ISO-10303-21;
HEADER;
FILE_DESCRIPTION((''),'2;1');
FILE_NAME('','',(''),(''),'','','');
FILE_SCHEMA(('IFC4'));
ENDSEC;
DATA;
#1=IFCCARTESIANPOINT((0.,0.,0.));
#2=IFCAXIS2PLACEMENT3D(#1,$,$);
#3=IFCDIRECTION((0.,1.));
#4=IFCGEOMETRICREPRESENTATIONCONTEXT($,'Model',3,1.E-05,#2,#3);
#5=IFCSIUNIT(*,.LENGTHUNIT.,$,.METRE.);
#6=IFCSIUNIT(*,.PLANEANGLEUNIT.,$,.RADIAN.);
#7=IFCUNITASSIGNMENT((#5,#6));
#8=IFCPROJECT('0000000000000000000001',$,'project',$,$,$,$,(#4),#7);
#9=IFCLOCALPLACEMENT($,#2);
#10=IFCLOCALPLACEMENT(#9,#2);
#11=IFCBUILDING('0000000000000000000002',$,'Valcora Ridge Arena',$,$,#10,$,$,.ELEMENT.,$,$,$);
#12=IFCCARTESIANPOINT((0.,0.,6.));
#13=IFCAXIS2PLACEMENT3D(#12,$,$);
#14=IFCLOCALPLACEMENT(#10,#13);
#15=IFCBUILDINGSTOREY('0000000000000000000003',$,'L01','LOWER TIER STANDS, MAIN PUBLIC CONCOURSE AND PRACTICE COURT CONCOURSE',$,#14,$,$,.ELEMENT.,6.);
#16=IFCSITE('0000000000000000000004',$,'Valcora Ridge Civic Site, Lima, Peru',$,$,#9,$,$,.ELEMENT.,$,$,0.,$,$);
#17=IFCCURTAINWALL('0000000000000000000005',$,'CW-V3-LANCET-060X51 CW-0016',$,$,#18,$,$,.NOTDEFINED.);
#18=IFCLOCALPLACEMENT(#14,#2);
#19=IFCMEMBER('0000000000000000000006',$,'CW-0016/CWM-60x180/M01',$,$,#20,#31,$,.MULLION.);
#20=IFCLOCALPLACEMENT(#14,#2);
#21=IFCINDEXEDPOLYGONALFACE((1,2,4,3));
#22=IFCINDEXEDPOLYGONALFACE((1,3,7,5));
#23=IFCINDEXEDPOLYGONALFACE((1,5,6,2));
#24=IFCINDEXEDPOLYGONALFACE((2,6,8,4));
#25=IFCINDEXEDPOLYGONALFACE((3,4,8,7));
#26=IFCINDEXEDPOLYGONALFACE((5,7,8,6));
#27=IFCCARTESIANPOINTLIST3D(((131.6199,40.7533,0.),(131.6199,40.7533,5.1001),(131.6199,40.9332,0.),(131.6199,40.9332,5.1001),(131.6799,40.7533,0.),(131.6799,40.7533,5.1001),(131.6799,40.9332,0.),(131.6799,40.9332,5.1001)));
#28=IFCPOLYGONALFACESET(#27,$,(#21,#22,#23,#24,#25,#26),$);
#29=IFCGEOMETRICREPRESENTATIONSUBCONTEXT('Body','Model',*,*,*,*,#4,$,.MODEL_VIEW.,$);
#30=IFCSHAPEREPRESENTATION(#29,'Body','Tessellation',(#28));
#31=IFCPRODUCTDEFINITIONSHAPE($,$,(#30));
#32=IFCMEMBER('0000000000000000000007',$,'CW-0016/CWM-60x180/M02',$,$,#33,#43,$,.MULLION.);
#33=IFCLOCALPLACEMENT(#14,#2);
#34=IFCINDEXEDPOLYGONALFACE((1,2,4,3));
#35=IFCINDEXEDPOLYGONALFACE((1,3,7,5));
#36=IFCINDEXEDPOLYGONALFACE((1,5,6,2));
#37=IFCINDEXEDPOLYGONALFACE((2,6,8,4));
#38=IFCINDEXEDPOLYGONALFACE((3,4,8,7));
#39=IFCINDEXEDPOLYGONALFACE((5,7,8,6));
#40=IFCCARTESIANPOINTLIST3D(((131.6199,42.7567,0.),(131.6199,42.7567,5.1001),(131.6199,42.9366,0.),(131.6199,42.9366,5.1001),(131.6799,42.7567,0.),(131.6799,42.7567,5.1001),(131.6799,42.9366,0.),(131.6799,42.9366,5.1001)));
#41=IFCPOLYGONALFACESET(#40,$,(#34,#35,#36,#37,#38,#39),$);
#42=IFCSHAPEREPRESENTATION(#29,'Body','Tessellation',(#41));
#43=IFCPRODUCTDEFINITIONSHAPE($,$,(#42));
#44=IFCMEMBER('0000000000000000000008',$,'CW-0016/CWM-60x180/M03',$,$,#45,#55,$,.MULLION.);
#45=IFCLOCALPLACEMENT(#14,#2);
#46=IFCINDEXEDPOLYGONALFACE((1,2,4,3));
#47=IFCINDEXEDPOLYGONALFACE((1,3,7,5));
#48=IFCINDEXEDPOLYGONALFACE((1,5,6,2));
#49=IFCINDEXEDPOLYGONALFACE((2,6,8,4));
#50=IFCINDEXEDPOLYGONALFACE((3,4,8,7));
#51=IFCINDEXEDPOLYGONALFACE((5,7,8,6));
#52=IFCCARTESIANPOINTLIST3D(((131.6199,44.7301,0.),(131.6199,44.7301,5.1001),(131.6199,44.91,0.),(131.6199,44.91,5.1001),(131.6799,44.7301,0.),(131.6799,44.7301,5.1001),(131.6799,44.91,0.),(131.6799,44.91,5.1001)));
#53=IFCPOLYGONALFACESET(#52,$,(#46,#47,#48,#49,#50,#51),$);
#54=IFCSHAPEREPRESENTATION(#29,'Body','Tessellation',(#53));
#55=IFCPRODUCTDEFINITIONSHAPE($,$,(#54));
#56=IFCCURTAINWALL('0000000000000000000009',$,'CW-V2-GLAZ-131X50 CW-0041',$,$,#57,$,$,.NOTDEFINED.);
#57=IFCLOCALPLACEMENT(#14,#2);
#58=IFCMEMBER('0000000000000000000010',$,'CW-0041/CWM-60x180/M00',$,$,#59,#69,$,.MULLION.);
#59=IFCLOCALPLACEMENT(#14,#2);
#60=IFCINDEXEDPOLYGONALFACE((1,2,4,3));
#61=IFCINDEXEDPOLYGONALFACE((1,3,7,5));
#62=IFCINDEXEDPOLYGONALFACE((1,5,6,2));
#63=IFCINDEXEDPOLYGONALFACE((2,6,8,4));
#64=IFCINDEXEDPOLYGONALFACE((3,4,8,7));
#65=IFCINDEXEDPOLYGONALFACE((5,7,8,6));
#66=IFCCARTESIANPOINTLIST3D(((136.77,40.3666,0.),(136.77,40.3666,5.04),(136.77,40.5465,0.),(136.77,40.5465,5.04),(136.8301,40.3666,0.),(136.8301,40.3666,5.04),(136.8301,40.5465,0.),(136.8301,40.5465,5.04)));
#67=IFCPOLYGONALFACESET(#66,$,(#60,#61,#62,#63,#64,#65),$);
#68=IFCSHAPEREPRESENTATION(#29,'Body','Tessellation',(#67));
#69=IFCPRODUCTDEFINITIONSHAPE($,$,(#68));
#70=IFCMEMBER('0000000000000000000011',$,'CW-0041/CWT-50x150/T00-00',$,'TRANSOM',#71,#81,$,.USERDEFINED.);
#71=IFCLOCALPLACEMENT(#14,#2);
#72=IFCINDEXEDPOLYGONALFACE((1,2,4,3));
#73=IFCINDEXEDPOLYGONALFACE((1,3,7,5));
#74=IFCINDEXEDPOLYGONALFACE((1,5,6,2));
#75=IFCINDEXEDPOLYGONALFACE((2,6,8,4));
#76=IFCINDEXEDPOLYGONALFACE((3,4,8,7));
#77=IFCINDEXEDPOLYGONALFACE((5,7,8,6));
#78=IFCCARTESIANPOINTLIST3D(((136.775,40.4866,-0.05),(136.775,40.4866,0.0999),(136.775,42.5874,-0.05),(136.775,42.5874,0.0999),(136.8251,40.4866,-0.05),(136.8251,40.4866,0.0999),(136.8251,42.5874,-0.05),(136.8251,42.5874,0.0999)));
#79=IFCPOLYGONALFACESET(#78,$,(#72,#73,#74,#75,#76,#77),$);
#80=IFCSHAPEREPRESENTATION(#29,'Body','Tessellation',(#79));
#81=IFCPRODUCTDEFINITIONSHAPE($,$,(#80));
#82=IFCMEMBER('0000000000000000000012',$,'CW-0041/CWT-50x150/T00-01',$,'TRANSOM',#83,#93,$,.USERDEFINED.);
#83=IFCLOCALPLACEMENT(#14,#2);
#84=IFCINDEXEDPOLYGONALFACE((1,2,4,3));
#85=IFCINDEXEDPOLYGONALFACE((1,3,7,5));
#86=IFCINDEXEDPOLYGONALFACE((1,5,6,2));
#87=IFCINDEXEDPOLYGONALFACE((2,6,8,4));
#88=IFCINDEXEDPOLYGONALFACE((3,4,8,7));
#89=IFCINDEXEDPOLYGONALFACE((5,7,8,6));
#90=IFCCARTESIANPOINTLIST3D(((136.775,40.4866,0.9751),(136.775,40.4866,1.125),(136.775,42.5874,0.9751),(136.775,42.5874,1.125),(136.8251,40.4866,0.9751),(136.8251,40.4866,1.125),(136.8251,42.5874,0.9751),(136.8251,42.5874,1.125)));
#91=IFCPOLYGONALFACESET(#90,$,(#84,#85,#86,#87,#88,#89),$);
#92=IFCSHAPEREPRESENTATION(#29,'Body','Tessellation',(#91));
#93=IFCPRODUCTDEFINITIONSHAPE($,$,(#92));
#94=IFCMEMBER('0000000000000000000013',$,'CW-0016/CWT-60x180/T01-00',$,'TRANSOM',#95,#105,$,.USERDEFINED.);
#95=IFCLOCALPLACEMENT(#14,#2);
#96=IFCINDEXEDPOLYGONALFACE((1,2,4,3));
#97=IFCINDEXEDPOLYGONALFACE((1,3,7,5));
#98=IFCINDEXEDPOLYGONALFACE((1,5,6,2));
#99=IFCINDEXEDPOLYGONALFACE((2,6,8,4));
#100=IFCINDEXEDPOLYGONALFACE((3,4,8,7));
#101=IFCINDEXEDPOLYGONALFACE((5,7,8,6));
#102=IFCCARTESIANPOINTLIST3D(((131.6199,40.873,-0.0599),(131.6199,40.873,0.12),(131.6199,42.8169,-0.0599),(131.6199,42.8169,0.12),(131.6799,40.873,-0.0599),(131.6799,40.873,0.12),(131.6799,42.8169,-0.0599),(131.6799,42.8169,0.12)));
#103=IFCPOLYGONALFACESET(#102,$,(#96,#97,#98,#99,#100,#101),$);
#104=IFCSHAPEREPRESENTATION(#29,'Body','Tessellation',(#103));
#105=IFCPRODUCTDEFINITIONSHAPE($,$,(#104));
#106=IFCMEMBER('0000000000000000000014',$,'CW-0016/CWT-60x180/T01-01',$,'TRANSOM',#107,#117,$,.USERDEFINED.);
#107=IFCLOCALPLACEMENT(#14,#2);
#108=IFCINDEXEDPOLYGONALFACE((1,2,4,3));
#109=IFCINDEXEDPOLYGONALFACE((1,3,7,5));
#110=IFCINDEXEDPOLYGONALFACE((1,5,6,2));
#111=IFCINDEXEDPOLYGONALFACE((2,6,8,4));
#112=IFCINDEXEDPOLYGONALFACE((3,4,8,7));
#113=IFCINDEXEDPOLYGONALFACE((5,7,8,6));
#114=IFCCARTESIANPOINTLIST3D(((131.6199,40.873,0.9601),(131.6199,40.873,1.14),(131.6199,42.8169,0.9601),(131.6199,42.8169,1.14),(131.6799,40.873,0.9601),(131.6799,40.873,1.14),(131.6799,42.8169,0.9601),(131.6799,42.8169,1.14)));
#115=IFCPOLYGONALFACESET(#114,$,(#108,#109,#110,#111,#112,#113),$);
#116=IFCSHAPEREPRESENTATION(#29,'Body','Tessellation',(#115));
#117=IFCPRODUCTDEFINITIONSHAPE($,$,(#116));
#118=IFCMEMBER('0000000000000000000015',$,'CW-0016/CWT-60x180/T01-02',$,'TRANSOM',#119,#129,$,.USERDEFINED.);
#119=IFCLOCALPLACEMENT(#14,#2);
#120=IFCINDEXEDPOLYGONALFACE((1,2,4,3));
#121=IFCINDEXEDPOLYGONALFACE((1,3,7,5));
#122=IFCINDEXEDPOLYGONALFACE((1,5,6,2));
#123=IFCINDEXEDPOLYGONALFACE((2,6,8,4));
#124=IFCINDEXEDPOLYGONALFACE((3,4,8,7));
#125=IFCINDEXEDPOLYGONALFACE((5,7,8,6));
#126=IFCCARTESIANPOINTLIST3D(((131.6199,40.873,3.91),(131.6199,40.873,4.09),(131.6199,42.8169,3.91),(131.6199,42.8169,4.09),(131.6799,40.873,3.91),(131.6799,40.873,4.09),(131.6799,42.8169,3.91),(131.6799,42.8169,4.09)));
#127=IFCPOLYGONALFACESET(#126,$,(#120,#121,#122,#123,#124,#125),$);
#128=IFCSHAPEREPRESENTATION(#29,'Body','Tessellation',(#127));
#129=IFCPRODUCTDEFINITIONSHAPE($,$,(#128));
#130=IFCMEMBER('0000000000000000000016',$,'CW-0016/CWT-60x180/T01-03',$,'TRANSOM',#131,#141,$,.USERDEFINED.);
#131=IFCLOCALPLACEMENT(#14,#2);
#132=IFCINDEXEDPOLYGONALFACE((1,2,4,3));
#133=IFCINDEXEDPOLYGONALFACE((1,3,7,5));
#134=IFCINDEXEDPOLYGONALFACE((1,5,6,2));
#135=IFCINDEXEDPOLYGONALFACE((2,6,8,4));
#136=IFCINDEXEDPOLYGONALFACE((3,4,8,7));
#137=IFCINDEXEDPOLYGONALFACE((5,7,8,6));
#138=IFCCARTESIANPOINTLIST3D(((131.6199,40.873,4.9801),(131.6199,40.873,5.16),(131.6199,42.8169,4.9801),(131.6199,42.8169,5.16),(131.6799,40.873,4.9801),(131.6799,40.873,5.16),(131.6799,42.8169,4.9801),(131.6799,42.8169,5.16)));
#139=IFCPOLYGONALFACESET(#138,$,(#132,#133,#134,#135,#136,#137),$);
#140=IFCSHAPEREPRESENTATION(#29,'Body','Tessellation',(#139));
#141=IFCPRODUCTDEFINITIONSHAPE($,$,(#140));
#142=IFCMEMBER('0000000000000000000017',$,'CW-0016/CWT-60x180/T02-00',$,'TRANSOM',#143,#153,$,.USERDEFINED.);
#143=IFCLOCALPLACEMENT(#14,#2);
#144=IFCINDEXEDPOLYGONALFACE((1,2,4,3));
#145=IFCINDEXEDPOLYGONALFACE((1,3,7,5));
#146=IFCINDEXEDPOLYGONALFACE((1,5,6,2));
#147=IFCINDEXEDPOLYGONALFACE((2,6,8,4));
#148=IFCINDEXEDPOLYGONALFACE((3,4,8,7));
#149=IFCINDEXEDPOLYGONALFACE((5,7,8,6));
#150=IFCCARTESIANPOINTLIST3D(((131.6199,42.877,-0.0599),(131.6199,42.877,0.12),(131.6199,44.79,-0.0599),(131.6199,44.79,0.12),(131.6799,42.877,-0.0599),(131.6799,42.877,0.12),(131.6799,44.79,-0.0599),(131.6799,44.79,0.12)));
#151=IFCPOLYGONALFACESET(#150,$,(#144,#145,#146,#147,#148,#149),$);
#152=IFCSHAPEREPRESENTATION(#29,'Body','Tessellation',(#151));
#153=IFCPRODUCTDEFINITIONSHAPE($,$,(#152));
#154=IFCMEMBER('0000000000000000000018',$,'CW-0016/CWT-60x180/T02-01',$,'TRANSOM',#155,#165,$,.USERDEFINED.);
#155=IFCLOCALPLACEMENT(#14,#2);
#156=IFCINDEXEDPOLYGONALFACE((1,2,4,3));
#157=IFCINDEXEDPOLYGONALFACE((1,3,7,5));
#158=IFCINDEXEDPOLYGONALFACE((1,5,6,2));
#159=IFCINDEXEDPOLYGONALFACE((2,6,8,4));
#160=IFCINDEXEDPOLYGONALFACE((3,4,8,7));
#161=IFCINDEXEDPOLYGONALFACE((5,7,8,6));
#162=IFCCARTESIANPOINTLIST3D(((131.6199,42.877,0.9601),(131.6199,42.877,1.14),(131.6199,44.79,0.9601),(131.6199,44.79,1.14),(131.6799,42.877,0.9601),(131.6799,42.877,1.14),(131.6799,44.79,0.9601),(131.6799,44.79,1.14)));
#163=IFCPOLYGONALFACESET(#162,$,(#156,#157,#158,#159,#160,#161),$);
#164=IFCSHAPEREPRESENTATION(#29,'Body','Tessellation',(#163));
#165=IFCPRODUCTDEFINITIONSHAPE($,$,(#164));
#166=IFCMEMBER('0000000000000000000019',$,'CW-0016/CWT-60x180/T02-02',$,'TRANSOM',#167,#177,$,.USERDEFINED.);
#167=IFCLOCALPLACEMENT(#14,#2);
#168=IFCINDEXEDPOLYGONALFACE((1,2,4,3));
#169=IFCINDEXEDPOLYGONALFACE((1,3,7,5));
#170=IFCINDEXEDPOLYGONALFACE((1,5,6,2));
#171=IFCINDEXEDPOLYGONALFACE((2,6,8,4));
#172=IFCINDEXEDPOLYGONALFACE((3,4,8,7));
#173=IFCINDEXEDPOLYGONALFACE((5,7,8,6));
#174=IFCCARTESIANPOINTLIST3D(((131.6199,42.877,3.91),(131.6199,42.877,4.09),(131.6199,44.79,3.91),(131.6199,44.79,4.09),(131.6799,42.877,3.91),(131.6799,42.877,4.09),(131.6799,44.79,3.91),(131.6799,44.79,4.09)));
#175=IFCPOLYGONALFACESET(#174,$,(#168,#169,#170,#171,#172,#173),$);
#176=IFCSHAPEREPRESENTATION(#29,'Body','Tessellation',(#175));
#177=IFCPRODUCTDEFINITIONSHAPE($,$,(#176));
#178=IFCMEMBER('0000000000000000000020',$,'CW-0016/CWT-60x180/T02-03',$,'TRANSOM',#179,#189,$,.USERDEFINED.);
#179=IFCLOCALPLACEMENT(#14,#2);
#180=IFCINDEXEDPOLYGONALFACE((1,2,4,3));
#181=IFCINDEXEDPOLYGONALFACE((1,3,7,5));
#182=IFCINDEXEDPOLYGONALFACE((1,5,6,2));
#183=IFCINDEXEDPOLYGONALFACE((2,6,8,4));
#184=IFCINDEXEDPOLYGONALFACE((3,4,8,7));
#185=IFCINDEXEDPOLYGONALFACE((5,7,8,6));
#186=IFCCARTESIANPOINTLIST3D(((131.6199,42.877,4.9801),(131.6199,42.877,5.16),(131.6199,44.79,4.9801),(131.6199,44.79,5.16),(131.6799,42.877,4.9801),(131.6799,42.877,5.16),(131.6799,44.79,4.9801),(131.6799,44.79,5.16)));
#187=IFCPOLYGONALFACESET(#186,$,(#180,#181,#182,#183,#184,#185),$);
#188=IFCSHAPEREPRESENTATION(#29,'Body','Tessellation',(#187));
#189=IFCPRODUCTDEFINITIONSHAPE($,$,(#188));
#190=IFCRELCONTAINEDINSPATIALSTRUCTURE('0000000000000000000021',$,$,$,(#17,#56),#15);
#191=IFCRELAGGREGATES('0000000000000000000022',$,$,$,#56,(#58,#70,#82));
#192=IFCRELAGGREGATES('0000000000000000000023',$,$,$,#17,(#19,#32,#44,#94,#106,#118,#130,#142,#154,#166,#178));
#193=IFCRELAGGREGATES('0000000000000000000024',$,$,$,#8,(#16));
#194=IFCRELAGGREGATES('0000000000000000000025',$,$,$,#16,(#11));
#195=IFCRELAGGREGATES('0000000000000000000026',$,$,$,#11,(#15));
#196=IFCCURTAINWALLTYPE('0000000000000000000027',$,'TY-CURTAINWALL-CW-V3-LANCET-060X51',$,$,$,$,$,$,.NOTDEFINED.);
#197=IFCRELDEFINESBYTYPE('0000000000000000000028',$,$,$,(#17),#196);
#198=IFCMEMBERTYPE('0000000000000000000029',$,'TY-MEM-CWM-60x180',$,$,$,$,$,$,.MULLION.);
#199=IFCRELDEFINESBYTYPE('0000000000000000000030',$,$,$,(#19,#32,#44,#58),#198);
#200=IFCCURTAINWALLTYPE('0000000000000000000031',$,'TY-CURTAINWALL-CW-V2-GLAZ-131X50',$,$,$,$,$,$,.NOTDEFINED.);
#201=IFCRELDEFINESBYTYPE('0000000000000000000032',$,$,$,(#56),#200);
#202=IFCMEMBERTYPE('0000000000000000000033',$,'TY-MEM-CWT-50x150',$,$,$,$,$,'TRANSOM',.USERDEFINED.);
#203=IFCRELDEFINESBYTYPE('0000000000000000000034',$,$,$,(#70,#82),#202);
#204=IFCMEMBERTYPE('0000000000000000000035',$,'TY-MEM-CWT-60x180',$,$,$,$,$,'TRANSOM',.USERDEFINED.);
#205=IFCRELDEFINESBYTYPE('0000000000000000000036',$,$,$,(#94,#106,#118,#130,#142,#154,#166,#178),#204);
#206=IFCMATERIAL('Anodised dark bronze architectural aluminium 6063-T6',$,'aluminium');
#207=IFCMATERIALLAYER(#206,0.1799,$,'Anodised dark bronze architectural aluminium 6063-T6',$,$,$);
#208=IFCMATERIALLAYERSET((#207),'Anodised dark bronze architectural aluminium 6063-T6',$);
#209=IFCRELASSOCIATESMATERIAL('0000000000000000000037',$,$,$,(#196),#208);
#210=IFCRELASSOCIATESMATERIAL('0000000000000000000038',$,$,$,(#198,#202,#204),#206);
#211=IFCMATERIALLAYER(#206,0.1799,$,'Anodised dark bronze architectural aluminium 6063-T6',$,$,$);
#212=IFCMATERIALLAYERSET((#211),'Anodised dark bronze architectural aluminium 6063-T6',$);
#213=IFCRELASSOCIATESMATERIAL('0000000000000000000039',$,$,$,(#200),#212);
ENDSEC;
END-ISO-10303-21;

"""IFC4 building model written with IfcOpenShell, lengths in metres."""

from ifc_helpers import new_model, si_unit, direction, frame, origin, origin_2d, place, context, subcontext, project, spatial, rectangle, extrude, material, layer, layer_set, material_profile, profile_set, type_object, element, aggregate, save


model = new_model("IFC4")

# Units and contexts
model_context = context("Model", 3, precision=1e-05, world=origin(), true_north=direction((0.0, 1.0)))
body_context = subcontext(model_context, "Body", "Model", "MODEL_VIEW")
ifc_project = project(units=[si_unit("LENGTHUNIT", "METRE"), si_unit("PLANEANGLEUNIT", "RADIAN")], contexts=[model_context])

# Site, building, storey
site_placement = place(None, origin())
site = spatial("IfcSite", under=ifc_project, at=site_placement, Name="Valcora Ridge Civic Site, Lima, Peru", CompositionType="ELEMENT", RefElevation=0.0)
building_placement = place(site_placement, origin())
building = spatial("IfcBuilding", under=site, at=building_placement, Name="Valcora Ridge Arena", CompositionType="ELEMENT")
storey_placement = place(building_placement, frame((0.0, 0.0, 6.0)))
storey = spatial("IfcBuildingStorey", under=building, at=storey_placement, Name="L01", Description="LOWER TIER STANDS, MAIN PUBLIC CONCOURSE AND PRACTICE COURT CONCOURSE", CompositionType="ELEMENT", Elevation=6.0)

# Curtain walls, members
ifc_material_1 = material(Name="Anodised dark bronze architectural aluminium 6063-T6", Category="aluminium")
ifc_layer_1 = layer(ifc_material_1, 0.1799, Name="Anodised dark bronze architectural aluminium 6063-T6")
ifc_layer_set_1 = layer_set([ifc_layer_1], Name="Anodised dark bronze architectural aluminium 6063-T6")
curtain_wall_type_1 = type_object("IfcCurtainWallType", Name="TY-CURTAINWALL-CW-V3-LANCET-060X51", PredefinedType="NOTDEFINED", material=ifc_layer_set_1)
curtain_wall_1_placement = place(storey_placement, origin())
curtain_wall_1 = element("IfcCurtainWall", 1, at=curtain_wall_1_placement, inside=storey, type_object=curtain_wall_type_1, Name="CW-V3-LANCET-060X51 CW-0016", PredefinedType="NOTDEFINED")
ifc_material_profile_1 = material_profile(ifc_material_1, rectangle(XDim=0.0601, YDim=0.1799, at=origin_2d()), Name="ALU MULLION 60x180")
ifc_profile_set_1 = profile_set([ifc_material_profile_1], Name="Anodised dark bronze architectural aluminium 6063-T6")
member_type_1 = type_object("IfcMemberType", Name="TY-MEM-CWM-60x180", PredefinedType="MULLION", material=ifc_profile_set_1)
member_1_placement = place(storey_placement, frame((131.6499, 40.8433, 0.0), z_axis=(0.0, 0.0, 1.0), x_axis=(-1.0, 0.0, 0.0)))
member_1 = element("IfcMember", 2, at=member_1_placement, type_object=member_type_1, Name="CW-0016/CWM-60x180/M01", PredefinedType="MULLION", context=body_context, shape_type="SweptSolid", body=[
    extrude(rectangle(XDim=0.0601, YDim=0.1799, at=origin_2d()), origin(), (0.0, 0.0, 1.0), 5.1001),
])
member_2_placement = place(storey_placement, frame((131.6499, 42.8467, 0.0), z_axis=(0.0, 0.0, 1.0), x_axis=(-1.0, 0.0, 0.0)))
member_2 = element("IfcMember", 3, at=member_2_placement, type_object=member_type_1, Name="CW-0016/CWM-60x180/M02", PredefinedType="MULLION", context=body_context, shape_type="SweptSolid", body=[
    extrude(rectangle(XDim=0.0601, YDim=0.1799, at=origin_2d()), origin(), (0.0, 0.0, 1.0), 5.1001),
])
member_3_placement = place(storey_placement, frame((131.6499, 44.8201, 0.0), z_axis=(0.0, 0.0, 1.0), x_axis=(-1.0, 0.0, 0.0)))
member_3 = element("IfcMember", 4, at=member_3_placement, type_object=member_type_1, Name="CW-0016/CWM-60x180/M03", PredefinedType="MULLION", context=body_context, shape_type="SweptSolid", body=[
    extrude(rectangle(XDim=0.0601, YDim=0.1799, at=origin_2d()), origin(), (0.0, 0.0, 1.0), 5.1001),
])
ifc_layer_2 = layer(ifc_material_1, 0.1799, Name="Anodised dark bronze architectural aluminium 6063-T6")
ifc_layer_set_2 = layer_set([ifc_layer_2], Name="Anodised dark bronze architectural aluminium 6063-T6")
curtain_wall_type_2 = type_object("IfcCurtainWallType", Name="TY-CURTAINWALL-CW-V2-GLAZ-131X50", PredefinedType="NOTDEFINED", material=ifc_layer_set_2)
curtain_wall_2_placement = place(storey_placement, origin())
curtain_wall_2 = element("IfcCurtainWall", 5, at=curtain_wall_2_placement, inside=storey, type_object=curtain_wall_type_2, Name="CW-V2-GLAZ-131X50 CW-0041", PredefinedType="NOTDEFINED")
member_4_placement = place(storey_placement, frame((136.8, 40.4565, 0.0), z_axis=(0.0, 0.0, 1.0), x_axis=(-1.0, 0.0, 0.0)))
member_4 = element("IfcMember", 6, at=member_4_placement, type_object=member_type_1, Name="CW-0041/CWM-60x180/M00", PredefinedType="MULLION", context=body_context, shape_type="SweptSolid", body=[
    extrude(rectangle(XDim=0.0601, YDim=0.1799, at=origin_2d()), origin(), (0.0, 0.0, 1.0), 5.04),
])
ifc_material_profile_2 = material_profile(ifc_material_1, rectangle(XDim=0.05, YDim=0.1499, at=origin_2d()), Name="ALU TRANSOM 50x150")
ifc_profile_set_2 = profile_set([ifc_material_profile_2], Name="Anodised dark bronze architectural aluminium 6063-T6")
member_type_2 = type_object("IfcMemberType", Name="TY-MEM-CWT-50x150", ElementType="TRANSOM", PredefinedType="USERDEFINED", material=ifc_profile_set_2)
member_5_placement = place(storey_placement, frame((136.8, 40.4866, 0.0249), z_axis=(0.0, 1.0, 0.0), x_axis=(-1.0, 0.0, 0.0)))
member_5 = element("IfcMember", 7, at=member_5_placement, type_object=member_type_2, Name="CW-0041/CWT-50x150/T00-00", ObjectType="TRANSOM", PredefinedType="USERDEFINED", context=body_context, shape_type="SweptSolid", body=[
    extrude(rectangle(XDim=0.05, YDim=0.1499, at=origin_2d()), origin(), (0.0, 0.0, 1.0), 2.1008),
])
member_6_placement = place(storey_placement, frame((136.8, 40.4866, 1.05), z_axis=(0.0, 1.0, 0.0), x_axis=(-1.0, 0.0, 0.0)))
member_6 = element("IfcMember", 8, at=member_6_placement, type_object=member_type_2, Name="CW-0041/CWT-50x150/T00-01", ObjectType="TRANSOM", PredefinedType="USERDEFINED", context=body_context, shape_type="SweptSolid", body=[
    extrude(rectangle(XDim=0.05, YDim=0.1499, at=origin_2d()), origin(), (0.0, 0.0, 1.0), 2.1008),
])
aggregate(curtain_wall_2, [member_4, member_5, member_6])

# Members
ifc_material_profile_3 = material_profile(ifc_material_1, rectangle(XDim=0.0601, YDim=0.1799, at=origin_2d()), Name="ALU TRANSOM 60x180")
ifc_profile_set_3 = profile_set([ifc_material_profile_3], Name="Anodised dark bronze architectural aluminium 6063-T6")
member_type_3 = type_object("IfcMemberType", Name="TY-MEM-CWT-60x180", ElementType="TRANSOM", PredefinedType="USERDEFINED", material=ifc_profile_set_3)
member_7_placement = place(storey_placement, frame((131.6499, 40.873, 0.03), z_axis=(0.0, 1.0, 0.0), x_axis=(-1.0, 0.0, 0.0)))
member_7 = element("IfcMember", 9, at=member_7_placement, type_object=member_type_3, Name="CW-0016/CWT-60x180/T01-00", ObjectType="TRANSOM", PredefinedType="USERDEFINED", context=body_context, shape_type="SweptSolid", body=[
    extrude(rectangle(XDim=0.0601, YDim=0.1799, at=origin_2d()), origin(), (0.0, 0.0, 1.0), 1.9438),
])
member_8_placement = place(storey_placement, frame((131.6499, 40.873, 1.05), z_axis=(0.0, 1.0, 0.0), x_axis=(-1.0, 0.0, 0.0)))
member_8 = element("IfcMember", 10, at=member_8_placement, type_object=member_type_3, Name="CW-0016/CWT-60x180/T01-01", ObjectType="TRANSOM", PredefinedType="USERDEFINED", context=body_context, shape_type="SweptSolid", body=[
    extrude(rectangle(XDim=0.0601, YDim=0.1799, at=origin_2d()), origin(), (0.0, 0.0, 1.0), 1.9438),
])
member_9_placement = place(storey_placement, frame((131.6499, 40.873, 4.0), z_axis=(0.0, 1.0, 0.0), x_axis=(-1.0, 0.0, 0.0)))
member_9 = element("IfcMember", 11, at=member_9_placement, type_object=member_type_3, Name="CW-0016/CWT-60x180/T01-02", ObjectType="TRANSOM", PredefinedType="USERDEFINED", context=body_context, shape_type="SweptSolid", body=[
    extrude(rectangle(XDim=0.0601, YDim=0.1799, at=origin_2d()), origin(), (0.0, 0.0, 1.0), 1.9438),
])
member_10_placement = place(storey_placement, frame((131.6499, 40.873, 5.0701), z_axis=(0.0, 1.0, 0.0), x_axis=(-1.0, 0.0, 0.0)))
member_10 = element("IfcMember", 12, at=member_10_placement, type_object=member_type_3, Name="CW-0016/CWT-60x180/T01-03", ObjectType="TRANSOM", PredefinedType="USERDEFINED", context=body_context, shape_type="SweptSolid", body=[
    extrude(rectangle(XDim=0.0601, YDim=0.1799, at=origin_2d()), origin(), (0.0, 0.0, 1.0), 1.9438),
])
member_11_placement = place(storey_placement, frame((131.6499, 42.877, 0.03), z_axis=(0.0, 1.0, 0.0), x_axis=(-1.0, 0.0, 0.0)))
member_11 = element("IfcMember", 13, at=member_11_placement, type_object=member_type_3, Name="CW-0016/CWT-60x180/T02-00", ObjectType="TRANSOM", PredefinedType="USERDEFINED", context=body_context, shape_type="SweptSolid", body=[
    extrude(rectangle(XDim=0.0601, YDim=0.1799, at=origin_2d()), origin(), (0.0, 0.0, 1.0), 1.9131),
])
member_12_placement = place(storey_placement, frame((131.6499, 42.877, 1.05), z_axis=(0.0, 1.0, 0.0), x_axis=(-1.0, 0.0, 0.0)))
member_12 = element("IfcMember", 14, at=member_12_placement, type_object=member_type_3, Name="CW-0016/CWT-60x180/T02-01", ObjectType="TRANSOM", PredefinedType="USERDEFINED", context=body_context, shape_type="SweptSolid", body=[
    extrude(rectangle(XDim=0.0601, YDim=0.1799, at=origin_2d()), origin(), (0.0, 0.0, 1.0), 1.9131),
])
member_13_placement = place(storey_placement, frame((131.6499, 42.877, 4.0), z_axis=(0.0, 1.0, 0.0), x_axis=(-1.0, 0.0, 0.0)))
member_13 = element("IfcMember", 15, at=member_13_placement, type_object=member_type_3, Name="CW-0016/CWT-60x180/T02-02", ObjectType="TRANSOM", PredefinedType="USERDEFINED", context=body_context, shape_type="SweptSolid", body=[
    extrude(rectangle(XDim=0.0601, YDim=0.1799, at=origin_2d()), origin(), (0.0, 0.0, 1.0), 1.9131),
])
member_14_placement = place(storey_placement, frame((131.6499, 42.877, 5.0701), z_axis=(0.0, 1.0, 0.0), x_axis=(-1.0, 0.0, 0.0)))
member_14 = element("IfcMember", 16, at=member_14_placement, type_object=member_type_3, Name="CW-0016/CWT-60x180/T02-03", ObjectType="TRANSOM", PredefinedType="USERDEFINED", context=body_context, shape_type="SweptSolid", body=[
    extrude(rectangle(XDim=0.0601, YDim=0.1799, at=origin_2d()), origin(), (0.0, 0.0, 1.0), 1.9131),
])

aggregate(curtain_wall_1, [member_1, member_2, member_3, member_7, member_8, member_9, member_10, member_11, member_12, member_13, member_14])

save(model, "model.ifc")
